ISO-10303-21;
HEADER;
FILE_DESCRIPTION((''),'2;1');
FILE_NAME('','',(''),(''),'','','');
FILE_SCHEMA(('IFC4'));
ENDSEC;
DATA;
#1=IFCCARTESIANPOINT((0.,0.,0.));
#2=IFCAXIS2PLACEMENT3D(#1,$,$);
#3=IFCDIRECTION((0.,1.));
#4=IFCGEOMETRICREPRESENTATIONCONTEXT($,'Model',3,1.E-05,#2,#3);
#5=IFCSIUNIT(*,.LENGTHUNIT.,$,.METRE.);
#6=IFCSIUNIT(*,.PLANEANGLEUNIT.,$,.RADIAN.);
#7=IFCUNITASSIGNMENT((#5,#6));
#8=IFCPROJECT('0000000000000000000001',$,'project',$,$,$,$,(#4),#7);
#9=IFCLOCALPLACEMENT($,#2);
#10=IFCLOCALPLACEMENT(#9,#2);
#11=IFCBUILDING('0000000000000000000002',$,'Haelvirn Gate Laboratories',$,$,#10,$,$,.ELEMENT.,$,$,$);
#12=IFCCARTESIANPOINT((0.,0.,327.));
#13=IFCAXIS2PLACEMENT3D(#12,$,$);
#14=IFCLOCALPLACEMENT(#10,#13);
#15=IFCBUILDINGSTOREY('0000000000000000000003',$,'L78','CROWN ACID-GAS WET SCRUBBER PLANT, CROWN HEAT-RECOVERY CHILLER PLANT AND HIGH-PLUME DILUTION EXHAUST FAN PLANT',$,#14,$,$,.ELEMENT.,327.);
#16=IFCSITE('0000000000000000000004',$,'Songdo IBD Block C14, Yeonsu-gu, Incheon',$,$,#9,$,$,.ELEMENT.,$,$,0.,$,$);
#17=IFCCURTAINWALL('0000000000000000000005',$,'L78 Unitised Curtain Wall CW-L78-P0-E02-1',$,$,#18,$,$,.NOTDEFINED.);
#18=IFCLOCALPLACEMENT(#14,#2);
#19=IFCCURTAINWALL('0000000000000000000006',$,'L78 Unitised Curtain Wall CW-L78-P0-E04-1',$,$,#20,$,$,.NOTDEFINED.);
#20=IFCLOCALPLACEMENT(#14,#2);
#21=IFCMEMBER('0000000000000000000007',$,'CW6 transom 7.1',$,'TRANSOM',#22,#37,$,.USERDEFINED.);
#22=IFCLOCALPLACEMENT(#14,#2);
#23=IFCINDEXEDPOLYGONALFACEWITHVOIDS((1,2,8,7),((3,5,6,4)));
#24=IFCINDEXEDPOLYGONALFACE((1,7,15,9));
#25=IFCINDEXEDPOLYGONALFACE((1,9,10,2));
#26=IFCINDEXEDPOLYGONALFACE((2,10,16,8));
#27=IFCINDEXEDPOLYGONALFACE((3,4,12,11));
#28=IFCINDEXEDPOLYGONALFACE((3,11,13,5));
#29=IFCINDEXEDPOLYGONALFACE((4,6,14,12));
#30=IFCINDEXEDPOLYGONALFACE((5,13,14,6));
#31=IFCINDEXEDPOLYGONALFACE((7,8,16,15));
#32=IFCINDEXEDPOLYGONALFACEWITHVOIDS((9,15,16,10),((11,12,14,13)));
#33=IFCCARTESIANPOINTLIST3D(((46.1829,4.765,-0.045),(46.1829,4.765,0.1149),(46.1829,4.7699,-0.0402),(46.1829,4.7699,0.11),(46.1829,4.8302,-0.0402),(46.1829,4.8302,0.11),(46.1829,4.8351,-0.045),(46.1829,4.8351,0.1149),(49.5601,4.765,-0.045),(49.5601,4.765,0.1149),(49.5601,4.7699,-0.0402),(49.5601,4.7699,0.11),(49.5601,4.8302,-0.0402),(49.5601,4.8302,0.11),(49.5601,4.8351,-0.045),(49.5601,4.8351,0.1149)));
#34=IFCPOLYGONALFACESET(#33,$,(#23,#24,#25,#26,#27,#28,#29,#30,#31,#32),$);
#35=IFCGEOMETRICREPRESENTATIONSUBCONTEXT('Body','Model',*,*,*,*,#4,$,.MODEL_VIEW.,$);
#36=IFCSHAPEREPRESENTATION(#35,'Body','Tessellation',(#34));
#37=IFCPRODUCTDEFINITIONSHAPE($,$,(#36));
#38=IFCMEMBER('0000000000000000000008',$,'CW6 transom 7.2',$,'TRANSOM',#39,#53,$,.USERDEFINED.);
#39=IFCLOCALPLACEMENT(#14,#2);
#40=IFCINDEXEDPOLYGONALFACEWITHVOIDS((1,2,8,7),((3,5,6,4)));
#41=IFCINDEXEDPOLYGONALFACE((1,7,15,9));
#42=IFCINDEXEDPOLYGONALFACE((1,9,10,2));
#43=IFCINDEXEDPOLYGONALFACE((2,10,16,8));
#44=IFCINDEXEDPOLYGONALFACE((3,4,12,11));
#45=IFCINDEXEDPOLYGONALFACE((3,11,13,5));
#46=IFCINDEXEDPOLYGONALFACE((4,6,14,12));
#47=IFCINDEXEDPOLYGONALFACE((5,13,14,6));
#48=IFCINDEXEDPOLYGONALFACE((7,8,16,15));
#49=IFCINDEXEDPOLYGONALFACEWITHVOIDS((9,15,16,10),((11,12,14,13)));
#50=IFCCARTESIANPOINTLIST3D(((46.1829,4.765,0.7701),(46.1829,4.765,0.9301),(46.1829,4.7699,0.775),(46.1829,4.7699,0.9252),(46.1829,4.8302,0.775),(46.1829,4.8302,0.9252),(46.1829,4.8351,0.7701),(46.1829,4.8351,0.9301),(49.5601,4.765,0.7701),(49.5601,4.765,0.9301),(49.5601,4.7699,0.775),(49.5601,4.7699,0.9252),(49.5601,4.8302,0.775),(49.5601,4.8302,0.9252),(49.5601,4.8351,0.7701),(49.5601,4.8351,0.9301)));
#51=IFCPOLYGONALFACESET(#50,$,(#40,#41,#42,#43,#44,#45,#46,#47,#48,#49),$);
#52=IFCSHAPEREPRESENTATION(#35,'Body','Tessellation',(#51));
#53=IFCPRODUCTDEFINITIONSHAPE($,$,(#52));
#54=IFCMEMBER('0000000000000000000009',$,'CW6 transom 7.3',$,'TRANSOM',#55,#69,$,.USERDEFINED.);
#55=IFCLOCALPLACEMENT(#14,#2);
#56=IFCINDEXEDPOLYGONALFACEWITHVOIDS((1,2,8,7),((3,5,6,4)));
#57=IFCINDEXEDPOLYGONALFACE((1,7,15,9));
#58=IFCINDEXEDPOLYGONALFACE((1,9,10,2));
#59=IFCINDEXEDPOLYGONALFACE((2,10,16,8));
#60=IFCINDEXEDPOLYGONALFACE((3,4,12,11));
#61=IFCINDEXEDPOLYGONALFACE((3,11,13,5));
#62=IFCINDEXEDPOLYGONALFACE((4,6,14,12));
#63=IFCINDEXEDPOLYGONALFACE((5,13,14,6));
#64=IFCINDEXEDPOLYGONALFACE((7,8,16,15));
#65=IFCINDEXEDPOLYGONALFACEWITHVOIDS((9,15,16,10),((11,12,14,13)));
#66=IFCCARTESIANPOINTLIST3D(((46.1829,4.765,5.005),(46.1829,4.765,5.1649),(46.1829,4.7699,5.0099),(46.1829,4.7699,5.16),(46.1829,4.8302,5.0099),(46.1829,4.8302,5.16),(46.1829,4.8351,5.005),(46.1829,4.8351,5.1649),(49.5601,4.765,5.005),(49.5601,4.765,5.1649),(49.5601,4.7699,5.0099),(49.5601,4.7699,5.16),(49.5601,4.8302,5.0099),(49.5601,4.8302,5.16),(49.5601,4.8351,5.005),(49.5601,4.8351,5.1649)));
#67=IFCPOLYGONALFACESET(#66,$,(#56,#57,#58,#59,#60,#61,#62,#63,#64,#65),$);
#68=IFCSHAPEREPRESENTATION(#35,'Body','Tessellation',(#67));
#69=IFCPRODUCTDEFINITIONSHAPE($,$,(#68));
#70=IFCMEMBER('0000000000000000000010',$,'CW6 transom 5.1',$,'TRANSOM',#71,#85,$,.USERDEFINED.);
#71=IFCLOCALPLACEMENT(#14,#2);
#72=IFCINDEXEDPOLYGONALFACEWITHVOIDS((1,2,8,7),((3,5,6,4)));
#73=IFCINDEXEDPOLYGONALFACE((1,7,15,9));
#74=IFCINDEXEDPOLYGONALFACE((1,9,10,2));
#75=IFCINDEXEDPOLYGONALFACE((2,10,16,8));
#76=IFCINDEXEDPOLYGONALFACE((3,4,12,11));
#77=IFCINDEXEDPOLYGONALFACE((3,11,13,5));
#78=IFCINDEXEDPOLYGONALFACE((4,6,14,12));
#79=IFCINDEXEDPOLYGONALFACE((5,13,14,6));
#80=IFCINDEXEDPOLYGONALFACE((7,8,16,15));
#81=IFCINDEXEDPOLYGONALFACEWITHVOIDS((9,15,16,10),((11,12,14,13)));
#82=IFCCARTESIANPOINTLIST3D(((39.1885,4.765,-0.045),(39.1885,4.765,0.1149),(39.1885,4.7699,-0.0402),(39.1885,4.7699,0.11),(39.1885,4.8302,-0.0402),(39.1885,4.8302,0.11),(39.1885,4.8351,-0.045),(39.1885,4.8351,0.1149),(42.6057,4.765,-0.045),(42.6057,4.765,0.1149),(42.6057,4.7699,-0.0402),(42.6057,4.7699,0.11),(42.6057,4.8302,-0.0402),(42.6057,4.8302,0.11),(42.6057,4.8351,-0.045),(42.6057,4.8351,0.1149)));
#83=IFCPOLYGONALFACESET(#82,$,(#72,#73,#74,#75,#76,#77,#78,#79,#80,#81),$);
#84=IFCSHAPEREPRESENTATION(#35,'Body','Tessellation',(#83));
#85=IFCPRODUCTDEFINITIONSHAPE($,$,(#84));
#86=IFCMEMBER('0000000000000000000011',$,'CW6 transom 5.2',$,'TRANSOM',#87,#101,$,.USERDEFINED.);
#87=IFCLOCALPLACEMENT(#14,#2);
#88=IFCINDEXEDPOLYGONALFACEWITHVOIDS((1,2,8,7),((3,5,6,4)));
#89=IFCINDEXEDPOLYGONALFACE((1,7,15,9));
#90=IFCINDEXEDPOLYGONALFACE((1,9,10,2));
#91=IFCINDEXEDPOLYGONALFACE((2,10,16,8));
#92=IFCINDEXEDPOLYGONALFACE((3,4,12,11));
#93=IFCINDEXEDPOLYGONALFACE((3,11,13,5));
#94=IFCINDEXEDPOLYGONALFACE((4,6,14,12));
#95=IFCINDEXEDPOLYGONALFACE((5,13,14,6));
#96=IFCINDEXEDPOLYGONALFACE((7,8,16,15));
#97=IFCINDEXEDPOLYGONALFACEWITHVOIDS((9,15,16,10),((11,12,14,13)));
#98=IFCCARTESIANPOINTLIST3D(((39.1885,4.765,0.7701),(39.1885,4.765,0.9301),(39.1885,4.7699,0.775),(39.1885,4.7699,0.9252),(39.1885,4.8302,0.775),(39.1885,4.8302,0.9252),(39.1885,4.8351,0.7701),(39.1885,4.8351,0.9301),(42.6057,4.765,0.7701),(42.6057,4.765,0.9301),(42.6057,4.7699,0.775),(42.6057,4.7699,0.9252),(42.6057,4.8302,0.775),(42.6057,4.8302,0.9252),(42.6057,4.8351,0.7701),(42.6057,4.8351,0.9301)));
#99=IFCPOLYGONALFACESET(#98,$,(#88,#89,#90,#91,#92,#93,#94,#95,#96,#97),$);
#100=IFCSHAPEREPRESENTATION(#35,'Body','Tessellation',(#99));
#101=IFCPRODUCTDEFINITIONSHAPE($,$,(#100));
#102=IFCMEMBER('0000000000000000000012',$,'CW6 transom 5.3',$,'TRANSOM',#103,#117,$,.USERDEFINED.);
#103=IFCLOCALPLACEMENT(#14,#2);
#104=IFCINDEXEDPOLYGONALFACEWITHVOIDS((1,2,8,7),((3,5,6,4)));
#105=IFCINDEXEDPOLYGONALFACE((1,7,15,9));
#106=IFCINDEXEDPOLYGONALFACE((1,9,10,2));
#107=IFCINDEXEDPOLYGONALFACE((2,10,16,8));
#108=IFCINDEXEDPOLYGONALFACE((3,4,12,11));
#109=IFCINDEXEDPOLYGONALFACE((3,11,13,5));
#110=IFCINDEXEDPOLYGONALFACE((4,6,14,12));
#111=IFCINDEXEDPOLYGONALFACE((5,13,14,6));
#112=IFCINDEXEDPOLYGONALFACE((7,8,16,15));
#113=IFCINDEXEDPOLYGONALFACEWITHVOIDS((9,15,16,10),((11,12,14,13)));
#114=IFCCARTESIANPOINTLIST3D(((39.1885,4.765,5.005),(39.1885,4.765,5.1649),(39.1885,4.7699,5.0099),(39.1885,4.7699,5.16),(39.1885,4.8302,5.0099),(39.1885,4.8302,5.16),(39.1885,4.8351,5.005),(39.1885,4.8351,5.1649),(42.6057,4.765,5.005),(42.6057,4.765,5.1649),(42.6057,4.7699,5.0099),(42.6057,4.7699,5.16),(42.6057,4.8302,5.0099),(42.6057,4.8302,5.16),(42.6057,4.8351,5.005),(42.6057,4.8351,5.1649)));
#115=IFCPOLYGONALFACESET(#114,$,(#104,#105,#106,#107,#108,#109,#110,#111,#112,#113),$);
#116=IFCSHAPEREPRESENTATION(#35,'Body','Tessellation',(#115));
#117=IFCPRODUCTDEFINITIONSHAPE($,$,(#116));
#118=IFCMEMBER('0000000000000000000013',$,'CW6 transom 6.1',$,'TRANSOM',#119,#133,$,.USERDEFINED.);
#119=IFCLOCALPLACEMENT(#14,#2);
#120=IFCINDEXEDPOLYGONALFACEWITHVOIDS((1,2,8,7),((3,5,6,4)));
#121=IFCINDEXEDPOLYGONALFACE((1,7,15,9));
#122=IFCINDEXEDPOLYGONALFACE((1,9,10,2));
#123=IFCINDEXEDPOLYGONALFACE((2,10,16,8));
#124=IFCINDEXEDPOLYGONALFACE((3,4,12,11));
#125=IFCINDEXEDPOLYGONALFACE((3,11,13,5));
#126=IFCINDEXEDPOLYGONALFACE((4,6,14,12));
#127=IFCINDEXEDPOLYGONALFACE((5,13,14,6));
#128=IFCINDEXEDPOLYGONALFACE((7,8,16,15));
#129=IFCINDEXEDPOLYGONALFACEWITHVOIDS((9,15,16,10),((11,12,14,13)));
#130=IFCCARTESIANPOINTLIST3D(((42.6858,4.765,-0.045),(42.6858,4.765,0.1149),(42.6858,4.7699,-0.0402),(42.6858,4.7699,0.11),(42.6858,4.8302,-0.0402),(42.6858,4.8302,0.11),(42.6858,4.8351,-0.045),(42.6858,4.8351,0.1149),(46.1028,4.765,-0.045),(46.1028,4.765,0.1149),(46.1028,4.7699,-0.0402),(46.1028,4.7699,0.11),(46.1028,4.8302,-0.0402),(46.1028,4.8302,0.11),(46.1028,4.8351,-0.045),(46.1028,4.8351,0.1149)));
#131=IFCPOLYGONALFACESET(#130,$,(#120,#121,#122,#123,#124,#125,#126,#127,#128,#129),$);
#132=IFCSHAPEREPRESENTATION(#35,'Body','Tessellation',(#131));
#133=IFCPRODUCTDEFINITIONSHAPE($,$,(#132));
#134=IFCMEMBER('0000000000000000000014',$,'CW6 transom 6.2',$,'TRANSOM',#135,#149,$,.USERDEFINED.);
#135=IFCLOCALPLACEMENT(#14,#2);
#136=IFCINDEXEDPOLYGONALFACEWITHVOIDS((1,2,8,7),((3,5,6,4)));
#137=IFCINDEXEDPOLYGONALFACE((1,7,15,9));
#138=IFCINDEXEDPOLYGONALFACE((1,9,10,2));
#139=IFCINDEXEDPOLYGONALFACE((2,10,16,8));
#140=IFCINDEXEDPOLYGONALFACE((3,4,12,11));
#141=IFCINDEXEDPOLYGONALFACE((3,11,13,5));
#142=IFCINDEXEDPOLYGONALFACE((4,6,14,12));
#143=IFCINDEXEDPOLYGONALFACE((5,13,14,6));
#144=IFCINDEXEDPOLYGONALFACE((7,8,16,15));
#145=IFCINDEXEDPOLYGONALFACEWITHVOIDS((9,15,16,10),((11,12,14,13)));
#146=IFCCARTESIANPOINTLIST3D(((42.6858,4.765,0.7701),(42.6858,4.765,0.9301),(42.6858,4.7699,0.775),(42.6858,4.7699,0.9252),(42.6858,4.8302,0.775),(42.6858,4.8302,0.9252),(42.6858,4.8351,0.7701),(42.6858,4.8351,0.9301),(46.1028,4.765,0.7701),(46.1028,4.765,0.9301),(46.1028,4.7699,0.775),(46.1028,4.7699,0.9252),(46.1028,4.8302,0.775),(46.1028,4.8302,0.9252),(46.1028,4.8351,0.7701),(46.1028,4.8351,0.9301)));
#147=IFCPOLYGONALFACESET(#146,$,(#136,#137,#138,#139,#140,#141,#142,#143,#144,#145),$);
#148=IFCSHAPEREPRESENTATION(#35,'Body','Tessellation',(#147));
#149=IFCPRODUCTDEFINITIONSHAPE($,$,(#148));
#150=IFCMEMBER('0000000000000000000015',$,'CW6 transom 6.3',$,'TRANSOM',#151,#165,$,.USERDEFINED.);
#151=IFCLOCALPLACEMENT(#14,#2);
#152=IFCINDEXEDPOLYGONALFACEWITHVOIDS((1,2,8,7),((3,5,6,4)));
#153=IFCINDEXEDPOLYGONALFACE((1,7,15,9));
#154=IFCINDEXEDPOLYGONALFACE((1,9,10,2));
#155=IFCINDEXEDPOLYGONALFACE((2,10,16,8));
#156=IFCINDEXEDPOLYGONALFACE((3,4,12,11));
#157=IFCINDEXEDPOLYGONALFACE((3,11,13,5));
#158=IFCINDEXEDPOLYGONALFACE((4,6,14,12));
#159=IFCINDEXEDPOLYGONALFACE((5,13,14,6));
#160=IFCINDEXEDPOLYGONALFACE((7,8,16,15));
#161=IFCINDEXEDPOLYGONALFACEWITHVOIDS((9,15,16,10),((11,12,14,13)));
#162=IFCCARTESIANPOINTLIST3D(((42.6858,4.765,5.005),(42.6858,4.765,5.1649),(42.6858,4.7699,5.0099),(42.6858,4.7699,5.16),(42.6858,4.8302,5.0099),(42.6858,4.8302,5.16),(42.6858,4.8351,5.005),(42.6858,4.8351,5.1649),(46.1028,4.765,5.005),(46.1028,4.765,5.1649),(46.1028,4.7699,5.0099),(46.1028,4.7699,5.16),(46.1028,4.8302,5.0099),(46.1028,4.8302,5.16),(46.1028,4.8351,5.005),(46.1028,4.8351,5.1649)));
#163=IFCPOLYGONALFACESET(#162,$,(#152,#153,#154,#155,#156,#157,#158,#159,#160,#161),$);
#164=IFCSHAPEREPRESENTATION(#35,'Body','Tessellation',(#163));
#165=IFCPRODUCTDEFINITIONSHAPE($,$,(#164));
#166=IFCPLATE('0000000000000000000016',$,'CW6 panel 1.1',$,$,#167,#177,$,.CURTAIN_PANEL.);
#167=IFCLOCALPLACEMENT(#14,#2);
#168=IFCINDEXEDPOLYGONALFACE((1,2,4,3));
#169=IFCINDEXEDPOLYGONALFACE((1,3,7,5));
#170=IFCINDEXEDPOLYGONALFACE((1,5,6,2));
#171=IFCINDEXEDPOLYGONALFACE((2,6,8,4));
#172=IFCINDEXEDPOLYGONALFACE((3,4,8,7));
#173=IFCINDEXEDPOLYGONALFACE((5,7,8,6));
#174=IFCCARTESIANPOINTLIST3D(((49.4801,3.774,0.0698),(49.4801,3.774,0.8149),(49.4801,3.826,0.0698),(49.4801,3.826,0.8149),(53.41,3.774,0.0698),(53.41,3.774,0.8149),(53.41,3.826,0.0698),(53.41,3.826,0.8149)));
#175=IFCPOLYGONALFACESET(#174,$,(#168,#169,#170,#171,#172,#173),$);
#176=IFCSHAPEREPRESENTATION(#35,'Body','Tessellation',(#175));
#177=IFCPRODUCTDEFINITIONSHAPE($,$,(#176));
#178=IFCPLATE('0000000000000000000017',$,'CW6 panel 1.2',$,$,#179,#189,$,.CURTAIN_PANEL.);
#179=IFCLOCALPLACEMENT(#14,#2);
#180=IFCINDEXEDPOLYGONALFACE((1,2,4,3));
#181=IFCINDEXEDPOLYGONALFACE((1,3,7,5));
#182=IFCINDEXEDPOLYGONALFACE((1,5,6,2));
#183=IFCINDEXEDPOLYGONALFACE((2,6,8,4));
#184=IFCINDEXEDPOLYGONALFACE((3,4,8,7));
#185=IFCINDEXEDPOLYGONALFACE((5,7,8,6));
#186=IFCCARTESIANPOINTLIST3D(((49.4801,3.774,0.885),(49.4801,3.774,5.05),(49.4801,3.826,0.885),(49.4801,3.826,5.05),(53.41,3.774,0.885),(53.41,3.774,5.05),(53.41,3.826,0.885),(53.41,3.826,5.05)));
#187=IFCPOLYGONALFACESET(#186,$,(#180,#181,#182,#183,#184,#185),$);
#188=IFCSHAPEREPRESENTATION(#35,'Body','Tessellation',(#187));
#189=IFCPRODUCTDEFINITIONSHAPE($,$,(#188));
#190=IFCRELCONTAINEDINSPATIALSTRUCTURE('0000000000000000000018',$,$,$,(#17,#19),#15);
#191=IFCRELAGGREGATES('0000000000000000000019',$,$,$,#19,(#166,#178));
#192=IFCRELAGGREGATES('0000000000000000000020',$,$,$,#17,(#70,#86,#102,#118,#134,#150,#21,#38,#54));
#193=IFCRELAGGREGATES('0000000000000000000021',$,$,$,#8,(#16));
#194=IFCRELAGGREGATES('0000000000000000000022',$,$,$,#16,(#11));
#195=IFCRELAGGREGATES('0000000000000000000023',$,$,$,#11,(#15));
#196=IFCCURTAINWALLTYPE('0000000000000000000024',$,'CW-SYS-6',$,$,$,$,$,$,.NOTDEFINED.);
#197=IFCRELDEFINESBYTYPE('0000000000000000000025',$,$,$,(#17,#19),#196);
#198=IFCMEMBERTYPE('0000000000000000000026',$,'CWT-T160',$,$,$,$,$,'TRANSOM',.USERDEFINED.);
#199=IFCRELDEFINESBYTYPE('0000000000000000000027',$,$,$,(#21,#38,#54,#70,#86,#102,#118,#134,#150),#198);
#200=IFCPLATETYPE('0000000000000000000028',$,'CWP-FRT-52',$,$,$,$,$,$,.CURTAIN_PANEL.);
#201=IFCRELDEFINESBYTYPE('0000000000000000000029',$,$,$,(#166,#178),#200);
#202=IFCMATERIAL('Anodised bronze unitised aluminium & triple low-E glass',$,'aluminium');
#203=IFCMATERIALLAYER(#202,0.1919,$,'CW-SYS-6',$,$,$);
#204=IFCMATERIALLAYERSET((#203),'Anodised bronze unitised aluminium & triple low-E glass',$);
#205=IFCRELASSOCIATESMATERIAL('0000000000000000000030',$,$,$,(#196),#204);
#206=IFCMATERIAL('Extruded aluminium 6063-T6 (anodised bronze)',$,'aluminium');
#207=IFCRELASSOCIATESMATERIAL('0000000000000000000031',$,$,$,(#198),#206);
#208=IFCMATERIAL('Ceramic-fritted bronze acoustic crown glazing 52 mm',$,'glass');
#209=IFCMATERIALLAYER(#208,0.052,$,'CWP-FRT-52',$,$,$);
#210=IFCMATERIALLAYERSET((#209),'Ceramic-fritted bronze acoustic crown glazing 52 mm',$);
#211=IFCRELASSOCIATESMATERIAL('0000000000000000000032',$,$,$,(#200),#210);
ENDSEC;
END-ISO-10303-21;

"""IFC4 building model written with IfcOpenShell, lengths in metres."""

from ifc_helpers import new_model, si_unit, direction, frame, origin, origin_2d, place, context, subcontext, project, spatial, rectangle, hollow_rectangle, extrude, source, transform, mapped, material, layer, layer_set, material_profile, profile_set, type_object, element, aggregate, save


model = new_model("IFC4")

# Units and contexts
model_context = context("Model", 3, precision=1e-05, world=origin(), true_north=direction((0.0, 1.0)))
body_context = subcontext(model_context, "Body", "Model", "MODEL_VIEW")
ifc_project = project(units=[si_unit("LENGTHUNIT", "METRE"), si_unit("PLANEANGLEUNIT", "RADIAN")], contexts=[model_context])

# Site, building, storey
site_placement = place(None, origin())
site = spatial("IfcSite", under=ifc_project, at=site_placement, Name="Songdo IBD Block C14, Yeonsu-gu, Incheon", CompositionType="ELEMENT", RefElevation=0.0)
building_placement = place(site_placement, origin())
building = spatial("IfcBuilding", under=site, at=building_placement, Name="Haelvirn Gate Laboratories", CompositionType="ELEMENT")
storey_placement = place(building_placement, frame((0.0, 0.0, 327.0)))
storey = spatial("IfcBuildingStorey", under=building, at=storey_placement, Name="L78", Description="CROWN ACID-GAS WET SCRUBBER PLANT, CROWN HEAT-RECOVERY CHILLER PLANT AND HIGH-PLUME DILUTION EXHAUST FAN PLANT", CompositionType="ELEMENT", Elevation=327.0)

# Curtain walls
ifc_material_1 = material(Name="Anodised bronze unitised aluminium & triple low-E glass", Category="aluminium")
ifc_layer_1 = layer(ifc_material_1, 0.1919, Name="CW-SYS-6")
ifc_layer_set_1 = layer_set([ifc_layer_1], Name="Anodised bronze unitised aluminium & triple low-E glass")
curtain_wall_type = type_object("IfcCurtainWallType", Name="CW-SYS-6", PredefinedType="NOTDEFINED", material=ifc_layer_set_1)
curtain_wall_1_placement = place(storey_placement, origin())
curtain_wall_1 = element("IfcCurtainWall", 1, at=curtain_wall_1_placement, inside=storey, type_object=curtain_wall_type, Name="L78 Unitised Curtain Wall CW-L78-P0-E02-1", PredefinedType="NOTDEFINED")
ifc_material_2 = material(Name="Extruded aluminium 6063-T6 (anodised bronze)", Category="aluminium")
curtain_wall_2_placement = place(storey_placement, origin())
curtain_wall_2 = element("IfcCurtainWall", 2, at=curtain_wall_2_placement, inside=storey, type_object=curtain_wall_type, Name="L78 Unitised Curtain Wall CW-L78-P0-E04-1", PredefinedType="NOTDEFINED")
ifc_material_profile_1 = material_profile(ifc_material_2, hollow_rectangle(XDim=0.0701, YDim=0.1599, WallThickness=0.0049, at=origin_2d()), Name="CWT-160x70x5")
ifc_profile_set_1 = profile_set([ifc_material_profile_1], Name="Extruded aluminium 6063-T6 (anodised bronze)")
member_type_1 = type_object("IfcMemberType", Name="CWT-T160", ElementType="TRANSOM", PredefinedType="USERDEFINED", material=ifc_profile_set_1)

# Members
shared_shape_1 = source(origin(), body_context, "Body", "SweptSolid", [
    extrude(hollow_rectangle(XDim=0.0701, YDim=0.1599, WallThickness=0.0049, at=origin_2d()), origin(), (0.0, 0.0, 1.0), 3.3772),
])
member_1_placement = place(storey_placement, frame((46.1829, 4.8, 0.0349), z_axis=(1.0, 0.0, 0.0), x_axis=(0.0, 1.0, 0.0)))
member_1 = element("IfcMember", 3, at=member_1_placement, type_object=member_type_1, Name="CW6 transom 7.1", ObjectType="TRANSOM", PredefinedType="USERDEFINED", context=body_context, shape_type="MappedRepresentation", body=[
    mapped(shared_shape_1, transform((0.0, 0.0, 0.0), scale=1.0)),
])
member_2_placement = place(storey_placement, frame((46.1829, 4.8, 0.8501), z_axis=(1.0, 0.0, 0.0), x_axis=(0.0, 1.0, 0.0)))
member_2 = element("IfcMember", 4, at=member_2_placement, type_object=member_type_1, Name="CW6 transom 7.2", ObjectType="TRANSOM", PredefinedType="USERDEFINED", context=body_context, shape_type="MappedRepresentation", body=[
    mapped(shared_shape_1, transform((0.0, 0.0, 0.0), scale=1.0)),
])
member_3_placement = place(storey_placement, frame((46.1829, 4.8, 5.085), z_axis=(1.0, 0.0, 0.0), x_axis=(0.0, 1.0, 0.0)))
member_3 = element("IfcMember", 5, at=member_3_placement, type_object=member_type_1, Name="CW6 transom 7.3", ObjectType="TRANSOM", PredefinedType="USERDEFINED", context=body_context, shape_type="MappedRepresentation", body=[
    mapped(shared_shape_1, transform((0.0, 0.0, 0.0), scale=1.0)),
])
shared_shape_2 = source(origin(), body_context, "Body", "SweptSolid", [
    extrude(hollow_rectangle(XDim=0.0701, YDim=0.1599, WallThickness=0.0049, at=origin_2d()), origin(), (0.0, 0.0, 1.0), 3.4172),
])
member_4_placement = place(storey_placement, frame((39.1885, 4.8, 0.0349), z_axis=(1.0, 0.0, 0.0), x_axis=(0.0, 1.0, 0.0)))
member_4 = element("IfcMember", 6, at=member_4_placement, type_object=member_type_1, Name="CW6 transom 5.1", ObjectType="TRANSOM", PredefinedType="USERDEFINED", context=body_context, shape_type="MappedRepresentation", body=[
    mapped(shared_shape_2, transform((0.0, 0.0, 0.0), scale=1.0)),
])
member_5_placement = place(storey_placement, frame((39.1885, 4.8, 0.8501), z_axis=(1.0, 0.0, 0.0), x_axis=(0.0, 1.0, 0.0)))
member_5 = element("IfcMember", 7, at=member_5_placement, type_object=member_type_1, Name="CW6 transom 5.2", ObjectType="TRANSOM", PredefinedType="USERDEFINED", context=body_context, shape_type="MappedRepresentation", body=[
    mapped(shared_shape_2, transform((0.0, 0.0, 0.0), scale=1.0)),
])
member_6_placement = place(storey_placement, frame((39.1885, 4.8, 5.085), z_axis=(1.0, 0.0, 0.0), x_axis=(0.0, 1.0, 0.0)))
member_6 = element("IfcMember", 8, at=member_6_placement, type_object=member_type_1, Name="CW6 transom 5.3", ObjectType="TRANSOM", PredefinedType="USERDEFINED", context=body_context, shape_type="MappedRepresentation", body=[
    mapped(shared_shape_2, transform((0.0, 0.0, 0.0), scale=1.0)),
])
shared_shape_3 = source(origin(), body_context, "Body", "SweptSolid", [
    extrude(hollow_rectangle(XDim=0.0701, YDim=0.1599, WallThickness=0.0049, at=origin_2d()), origin(), (0.0, 0.0, 1.0), 3.417),
])
member_7_placement = place(storey_placement, frame((42.6858, 4.8, 0.0349), z_axis=(1.0, 0.0, 0.0), x_axis=(0.0, 1.0, 0.0)))
member_7 = element("IfcMember", 9, at=member_7_placement, type_object=member_type_1, Name="CW6 transom 6.1", ObjectType="TRANSOM", PredefinedType="USERDEFINED", context=body_context, shape_type="MappedRepresentation", body=[
    mapped(shared_shape_3, transform((0.0, 0.0, 0.0), scale=1.0)),
])
member_8_placement = place(storey_placement, frame((42.6858, 4.8, 0.8501), z_axis=(1.0, 0.0, 0.0), x_axis=(0.0, 1.0, 0.0)))
member_8 = element("IfcMember", 10, at=member_8_placement, type_object=member_type_1, Name="CW6 transom 6.2", ObjectType="TRANSOM", PredefinedType="USERDEFINED", context=body_context, shape_type="MappedRepresentation", body=[
    mapped(shared_shape_3, transform((0.0, 0.0, 0.0), scale=1.0)),
])
member_9_placement = place(storey_placement, frame((42.6858, 4.8, 5.085), z_axis=(1.0, 0.0, 0.0), x_axis=(0.0, 1.0, 0.0)))
member_9 = element("IfcMember", 11, at=member_9_placement, type_object=member_type_1, Name="CW6 transom 6.3", ObjectType="TRANSOM", PredefinedType="USERDEFINED", context=body_context, shape_type="MappedRepresentation", body=[
    mapped(shared_shape_3, transform((0.0, 0.0, 0.0), scale=1.0)),
])

# Plates
ifc_material_3 = material(Name="Ceramic-fritted bronze acoustic crown glazing 52 mm", Category="glass")
ifc_layer_2 = layer(ifc_material_3, 0.052, Name="CWP-FRT-52")
ifc_layer_set_2 = layer_set([ifc_layer_2], Name="Ceramic-fritted bronze acoustic crown glazing 52 mm")
plate_type = type_object("IfcPlateType", Name="CWP-FRT-52", PredefinedType="CURTAIN_PANEL", material=ifc_layer_set_2)
shared_shape_4 = source(origin(), body_context, "Body", "SweptSolid", [
    extrude(rectangle(XDim=3.9299, YDim=0.052, at=origin_2d()), origin(), (0.0, 0.0, 1.0), 0.7451),
])
plate_1_placement = place(storey_placement, frame((51.4451, 3.8, 0.0698), z_axis=(0.0, 0.0, 1.0), x_axis=(1.0, 0.0, 0.0)))
plate_1 = element("IfcPlate", 12, at=plate_1_placement, type_object=plate_type, Name="CW6 panel 1.1", PredefinedType="CURTAIN_PANEL", context=body_context, shape_type="MappedRepresentation", body=[
    mapped(shared_shape_4, transform((0.0, 0.0, 0.0), scale=1.0)),
])
shared_shape_5 = source(origin(), body_context, "Body", "SweptSolid", [
    extrude(rectangle(XDim=3.9299, YDim=0.052, at=origin_2d()), origin(), (0.0, 0.0, 1.0), 4.165),
])
plate_2_placement = place(storey_placement, frame((51.4451, 3.8, 0.885), z_axis=(0.0, 0.0, 1.0), x_axis=(1.0, 0.0, 0.0)))
plate_2 = element("IfcPlate", 13, at=plate_2_placement, type_object=plate_type, Name="CW6 panel 1.2", PredefinedType="CURTAIN_PANEL", context=body_context, shape_type="MappedRepresentation", body=[
    mapped(shared_shape_5, transform((0.0, 0.0, 0.0), scale=1.0)),
])
aggregate(curtain_wall_2, [plate_1, plate_2])
aggregate(curtain_wall_1, [member_4, member_5, member_6, member_7, member_8, member_9, member_1, member_2, member_3])

save(model, "model.ifc")
